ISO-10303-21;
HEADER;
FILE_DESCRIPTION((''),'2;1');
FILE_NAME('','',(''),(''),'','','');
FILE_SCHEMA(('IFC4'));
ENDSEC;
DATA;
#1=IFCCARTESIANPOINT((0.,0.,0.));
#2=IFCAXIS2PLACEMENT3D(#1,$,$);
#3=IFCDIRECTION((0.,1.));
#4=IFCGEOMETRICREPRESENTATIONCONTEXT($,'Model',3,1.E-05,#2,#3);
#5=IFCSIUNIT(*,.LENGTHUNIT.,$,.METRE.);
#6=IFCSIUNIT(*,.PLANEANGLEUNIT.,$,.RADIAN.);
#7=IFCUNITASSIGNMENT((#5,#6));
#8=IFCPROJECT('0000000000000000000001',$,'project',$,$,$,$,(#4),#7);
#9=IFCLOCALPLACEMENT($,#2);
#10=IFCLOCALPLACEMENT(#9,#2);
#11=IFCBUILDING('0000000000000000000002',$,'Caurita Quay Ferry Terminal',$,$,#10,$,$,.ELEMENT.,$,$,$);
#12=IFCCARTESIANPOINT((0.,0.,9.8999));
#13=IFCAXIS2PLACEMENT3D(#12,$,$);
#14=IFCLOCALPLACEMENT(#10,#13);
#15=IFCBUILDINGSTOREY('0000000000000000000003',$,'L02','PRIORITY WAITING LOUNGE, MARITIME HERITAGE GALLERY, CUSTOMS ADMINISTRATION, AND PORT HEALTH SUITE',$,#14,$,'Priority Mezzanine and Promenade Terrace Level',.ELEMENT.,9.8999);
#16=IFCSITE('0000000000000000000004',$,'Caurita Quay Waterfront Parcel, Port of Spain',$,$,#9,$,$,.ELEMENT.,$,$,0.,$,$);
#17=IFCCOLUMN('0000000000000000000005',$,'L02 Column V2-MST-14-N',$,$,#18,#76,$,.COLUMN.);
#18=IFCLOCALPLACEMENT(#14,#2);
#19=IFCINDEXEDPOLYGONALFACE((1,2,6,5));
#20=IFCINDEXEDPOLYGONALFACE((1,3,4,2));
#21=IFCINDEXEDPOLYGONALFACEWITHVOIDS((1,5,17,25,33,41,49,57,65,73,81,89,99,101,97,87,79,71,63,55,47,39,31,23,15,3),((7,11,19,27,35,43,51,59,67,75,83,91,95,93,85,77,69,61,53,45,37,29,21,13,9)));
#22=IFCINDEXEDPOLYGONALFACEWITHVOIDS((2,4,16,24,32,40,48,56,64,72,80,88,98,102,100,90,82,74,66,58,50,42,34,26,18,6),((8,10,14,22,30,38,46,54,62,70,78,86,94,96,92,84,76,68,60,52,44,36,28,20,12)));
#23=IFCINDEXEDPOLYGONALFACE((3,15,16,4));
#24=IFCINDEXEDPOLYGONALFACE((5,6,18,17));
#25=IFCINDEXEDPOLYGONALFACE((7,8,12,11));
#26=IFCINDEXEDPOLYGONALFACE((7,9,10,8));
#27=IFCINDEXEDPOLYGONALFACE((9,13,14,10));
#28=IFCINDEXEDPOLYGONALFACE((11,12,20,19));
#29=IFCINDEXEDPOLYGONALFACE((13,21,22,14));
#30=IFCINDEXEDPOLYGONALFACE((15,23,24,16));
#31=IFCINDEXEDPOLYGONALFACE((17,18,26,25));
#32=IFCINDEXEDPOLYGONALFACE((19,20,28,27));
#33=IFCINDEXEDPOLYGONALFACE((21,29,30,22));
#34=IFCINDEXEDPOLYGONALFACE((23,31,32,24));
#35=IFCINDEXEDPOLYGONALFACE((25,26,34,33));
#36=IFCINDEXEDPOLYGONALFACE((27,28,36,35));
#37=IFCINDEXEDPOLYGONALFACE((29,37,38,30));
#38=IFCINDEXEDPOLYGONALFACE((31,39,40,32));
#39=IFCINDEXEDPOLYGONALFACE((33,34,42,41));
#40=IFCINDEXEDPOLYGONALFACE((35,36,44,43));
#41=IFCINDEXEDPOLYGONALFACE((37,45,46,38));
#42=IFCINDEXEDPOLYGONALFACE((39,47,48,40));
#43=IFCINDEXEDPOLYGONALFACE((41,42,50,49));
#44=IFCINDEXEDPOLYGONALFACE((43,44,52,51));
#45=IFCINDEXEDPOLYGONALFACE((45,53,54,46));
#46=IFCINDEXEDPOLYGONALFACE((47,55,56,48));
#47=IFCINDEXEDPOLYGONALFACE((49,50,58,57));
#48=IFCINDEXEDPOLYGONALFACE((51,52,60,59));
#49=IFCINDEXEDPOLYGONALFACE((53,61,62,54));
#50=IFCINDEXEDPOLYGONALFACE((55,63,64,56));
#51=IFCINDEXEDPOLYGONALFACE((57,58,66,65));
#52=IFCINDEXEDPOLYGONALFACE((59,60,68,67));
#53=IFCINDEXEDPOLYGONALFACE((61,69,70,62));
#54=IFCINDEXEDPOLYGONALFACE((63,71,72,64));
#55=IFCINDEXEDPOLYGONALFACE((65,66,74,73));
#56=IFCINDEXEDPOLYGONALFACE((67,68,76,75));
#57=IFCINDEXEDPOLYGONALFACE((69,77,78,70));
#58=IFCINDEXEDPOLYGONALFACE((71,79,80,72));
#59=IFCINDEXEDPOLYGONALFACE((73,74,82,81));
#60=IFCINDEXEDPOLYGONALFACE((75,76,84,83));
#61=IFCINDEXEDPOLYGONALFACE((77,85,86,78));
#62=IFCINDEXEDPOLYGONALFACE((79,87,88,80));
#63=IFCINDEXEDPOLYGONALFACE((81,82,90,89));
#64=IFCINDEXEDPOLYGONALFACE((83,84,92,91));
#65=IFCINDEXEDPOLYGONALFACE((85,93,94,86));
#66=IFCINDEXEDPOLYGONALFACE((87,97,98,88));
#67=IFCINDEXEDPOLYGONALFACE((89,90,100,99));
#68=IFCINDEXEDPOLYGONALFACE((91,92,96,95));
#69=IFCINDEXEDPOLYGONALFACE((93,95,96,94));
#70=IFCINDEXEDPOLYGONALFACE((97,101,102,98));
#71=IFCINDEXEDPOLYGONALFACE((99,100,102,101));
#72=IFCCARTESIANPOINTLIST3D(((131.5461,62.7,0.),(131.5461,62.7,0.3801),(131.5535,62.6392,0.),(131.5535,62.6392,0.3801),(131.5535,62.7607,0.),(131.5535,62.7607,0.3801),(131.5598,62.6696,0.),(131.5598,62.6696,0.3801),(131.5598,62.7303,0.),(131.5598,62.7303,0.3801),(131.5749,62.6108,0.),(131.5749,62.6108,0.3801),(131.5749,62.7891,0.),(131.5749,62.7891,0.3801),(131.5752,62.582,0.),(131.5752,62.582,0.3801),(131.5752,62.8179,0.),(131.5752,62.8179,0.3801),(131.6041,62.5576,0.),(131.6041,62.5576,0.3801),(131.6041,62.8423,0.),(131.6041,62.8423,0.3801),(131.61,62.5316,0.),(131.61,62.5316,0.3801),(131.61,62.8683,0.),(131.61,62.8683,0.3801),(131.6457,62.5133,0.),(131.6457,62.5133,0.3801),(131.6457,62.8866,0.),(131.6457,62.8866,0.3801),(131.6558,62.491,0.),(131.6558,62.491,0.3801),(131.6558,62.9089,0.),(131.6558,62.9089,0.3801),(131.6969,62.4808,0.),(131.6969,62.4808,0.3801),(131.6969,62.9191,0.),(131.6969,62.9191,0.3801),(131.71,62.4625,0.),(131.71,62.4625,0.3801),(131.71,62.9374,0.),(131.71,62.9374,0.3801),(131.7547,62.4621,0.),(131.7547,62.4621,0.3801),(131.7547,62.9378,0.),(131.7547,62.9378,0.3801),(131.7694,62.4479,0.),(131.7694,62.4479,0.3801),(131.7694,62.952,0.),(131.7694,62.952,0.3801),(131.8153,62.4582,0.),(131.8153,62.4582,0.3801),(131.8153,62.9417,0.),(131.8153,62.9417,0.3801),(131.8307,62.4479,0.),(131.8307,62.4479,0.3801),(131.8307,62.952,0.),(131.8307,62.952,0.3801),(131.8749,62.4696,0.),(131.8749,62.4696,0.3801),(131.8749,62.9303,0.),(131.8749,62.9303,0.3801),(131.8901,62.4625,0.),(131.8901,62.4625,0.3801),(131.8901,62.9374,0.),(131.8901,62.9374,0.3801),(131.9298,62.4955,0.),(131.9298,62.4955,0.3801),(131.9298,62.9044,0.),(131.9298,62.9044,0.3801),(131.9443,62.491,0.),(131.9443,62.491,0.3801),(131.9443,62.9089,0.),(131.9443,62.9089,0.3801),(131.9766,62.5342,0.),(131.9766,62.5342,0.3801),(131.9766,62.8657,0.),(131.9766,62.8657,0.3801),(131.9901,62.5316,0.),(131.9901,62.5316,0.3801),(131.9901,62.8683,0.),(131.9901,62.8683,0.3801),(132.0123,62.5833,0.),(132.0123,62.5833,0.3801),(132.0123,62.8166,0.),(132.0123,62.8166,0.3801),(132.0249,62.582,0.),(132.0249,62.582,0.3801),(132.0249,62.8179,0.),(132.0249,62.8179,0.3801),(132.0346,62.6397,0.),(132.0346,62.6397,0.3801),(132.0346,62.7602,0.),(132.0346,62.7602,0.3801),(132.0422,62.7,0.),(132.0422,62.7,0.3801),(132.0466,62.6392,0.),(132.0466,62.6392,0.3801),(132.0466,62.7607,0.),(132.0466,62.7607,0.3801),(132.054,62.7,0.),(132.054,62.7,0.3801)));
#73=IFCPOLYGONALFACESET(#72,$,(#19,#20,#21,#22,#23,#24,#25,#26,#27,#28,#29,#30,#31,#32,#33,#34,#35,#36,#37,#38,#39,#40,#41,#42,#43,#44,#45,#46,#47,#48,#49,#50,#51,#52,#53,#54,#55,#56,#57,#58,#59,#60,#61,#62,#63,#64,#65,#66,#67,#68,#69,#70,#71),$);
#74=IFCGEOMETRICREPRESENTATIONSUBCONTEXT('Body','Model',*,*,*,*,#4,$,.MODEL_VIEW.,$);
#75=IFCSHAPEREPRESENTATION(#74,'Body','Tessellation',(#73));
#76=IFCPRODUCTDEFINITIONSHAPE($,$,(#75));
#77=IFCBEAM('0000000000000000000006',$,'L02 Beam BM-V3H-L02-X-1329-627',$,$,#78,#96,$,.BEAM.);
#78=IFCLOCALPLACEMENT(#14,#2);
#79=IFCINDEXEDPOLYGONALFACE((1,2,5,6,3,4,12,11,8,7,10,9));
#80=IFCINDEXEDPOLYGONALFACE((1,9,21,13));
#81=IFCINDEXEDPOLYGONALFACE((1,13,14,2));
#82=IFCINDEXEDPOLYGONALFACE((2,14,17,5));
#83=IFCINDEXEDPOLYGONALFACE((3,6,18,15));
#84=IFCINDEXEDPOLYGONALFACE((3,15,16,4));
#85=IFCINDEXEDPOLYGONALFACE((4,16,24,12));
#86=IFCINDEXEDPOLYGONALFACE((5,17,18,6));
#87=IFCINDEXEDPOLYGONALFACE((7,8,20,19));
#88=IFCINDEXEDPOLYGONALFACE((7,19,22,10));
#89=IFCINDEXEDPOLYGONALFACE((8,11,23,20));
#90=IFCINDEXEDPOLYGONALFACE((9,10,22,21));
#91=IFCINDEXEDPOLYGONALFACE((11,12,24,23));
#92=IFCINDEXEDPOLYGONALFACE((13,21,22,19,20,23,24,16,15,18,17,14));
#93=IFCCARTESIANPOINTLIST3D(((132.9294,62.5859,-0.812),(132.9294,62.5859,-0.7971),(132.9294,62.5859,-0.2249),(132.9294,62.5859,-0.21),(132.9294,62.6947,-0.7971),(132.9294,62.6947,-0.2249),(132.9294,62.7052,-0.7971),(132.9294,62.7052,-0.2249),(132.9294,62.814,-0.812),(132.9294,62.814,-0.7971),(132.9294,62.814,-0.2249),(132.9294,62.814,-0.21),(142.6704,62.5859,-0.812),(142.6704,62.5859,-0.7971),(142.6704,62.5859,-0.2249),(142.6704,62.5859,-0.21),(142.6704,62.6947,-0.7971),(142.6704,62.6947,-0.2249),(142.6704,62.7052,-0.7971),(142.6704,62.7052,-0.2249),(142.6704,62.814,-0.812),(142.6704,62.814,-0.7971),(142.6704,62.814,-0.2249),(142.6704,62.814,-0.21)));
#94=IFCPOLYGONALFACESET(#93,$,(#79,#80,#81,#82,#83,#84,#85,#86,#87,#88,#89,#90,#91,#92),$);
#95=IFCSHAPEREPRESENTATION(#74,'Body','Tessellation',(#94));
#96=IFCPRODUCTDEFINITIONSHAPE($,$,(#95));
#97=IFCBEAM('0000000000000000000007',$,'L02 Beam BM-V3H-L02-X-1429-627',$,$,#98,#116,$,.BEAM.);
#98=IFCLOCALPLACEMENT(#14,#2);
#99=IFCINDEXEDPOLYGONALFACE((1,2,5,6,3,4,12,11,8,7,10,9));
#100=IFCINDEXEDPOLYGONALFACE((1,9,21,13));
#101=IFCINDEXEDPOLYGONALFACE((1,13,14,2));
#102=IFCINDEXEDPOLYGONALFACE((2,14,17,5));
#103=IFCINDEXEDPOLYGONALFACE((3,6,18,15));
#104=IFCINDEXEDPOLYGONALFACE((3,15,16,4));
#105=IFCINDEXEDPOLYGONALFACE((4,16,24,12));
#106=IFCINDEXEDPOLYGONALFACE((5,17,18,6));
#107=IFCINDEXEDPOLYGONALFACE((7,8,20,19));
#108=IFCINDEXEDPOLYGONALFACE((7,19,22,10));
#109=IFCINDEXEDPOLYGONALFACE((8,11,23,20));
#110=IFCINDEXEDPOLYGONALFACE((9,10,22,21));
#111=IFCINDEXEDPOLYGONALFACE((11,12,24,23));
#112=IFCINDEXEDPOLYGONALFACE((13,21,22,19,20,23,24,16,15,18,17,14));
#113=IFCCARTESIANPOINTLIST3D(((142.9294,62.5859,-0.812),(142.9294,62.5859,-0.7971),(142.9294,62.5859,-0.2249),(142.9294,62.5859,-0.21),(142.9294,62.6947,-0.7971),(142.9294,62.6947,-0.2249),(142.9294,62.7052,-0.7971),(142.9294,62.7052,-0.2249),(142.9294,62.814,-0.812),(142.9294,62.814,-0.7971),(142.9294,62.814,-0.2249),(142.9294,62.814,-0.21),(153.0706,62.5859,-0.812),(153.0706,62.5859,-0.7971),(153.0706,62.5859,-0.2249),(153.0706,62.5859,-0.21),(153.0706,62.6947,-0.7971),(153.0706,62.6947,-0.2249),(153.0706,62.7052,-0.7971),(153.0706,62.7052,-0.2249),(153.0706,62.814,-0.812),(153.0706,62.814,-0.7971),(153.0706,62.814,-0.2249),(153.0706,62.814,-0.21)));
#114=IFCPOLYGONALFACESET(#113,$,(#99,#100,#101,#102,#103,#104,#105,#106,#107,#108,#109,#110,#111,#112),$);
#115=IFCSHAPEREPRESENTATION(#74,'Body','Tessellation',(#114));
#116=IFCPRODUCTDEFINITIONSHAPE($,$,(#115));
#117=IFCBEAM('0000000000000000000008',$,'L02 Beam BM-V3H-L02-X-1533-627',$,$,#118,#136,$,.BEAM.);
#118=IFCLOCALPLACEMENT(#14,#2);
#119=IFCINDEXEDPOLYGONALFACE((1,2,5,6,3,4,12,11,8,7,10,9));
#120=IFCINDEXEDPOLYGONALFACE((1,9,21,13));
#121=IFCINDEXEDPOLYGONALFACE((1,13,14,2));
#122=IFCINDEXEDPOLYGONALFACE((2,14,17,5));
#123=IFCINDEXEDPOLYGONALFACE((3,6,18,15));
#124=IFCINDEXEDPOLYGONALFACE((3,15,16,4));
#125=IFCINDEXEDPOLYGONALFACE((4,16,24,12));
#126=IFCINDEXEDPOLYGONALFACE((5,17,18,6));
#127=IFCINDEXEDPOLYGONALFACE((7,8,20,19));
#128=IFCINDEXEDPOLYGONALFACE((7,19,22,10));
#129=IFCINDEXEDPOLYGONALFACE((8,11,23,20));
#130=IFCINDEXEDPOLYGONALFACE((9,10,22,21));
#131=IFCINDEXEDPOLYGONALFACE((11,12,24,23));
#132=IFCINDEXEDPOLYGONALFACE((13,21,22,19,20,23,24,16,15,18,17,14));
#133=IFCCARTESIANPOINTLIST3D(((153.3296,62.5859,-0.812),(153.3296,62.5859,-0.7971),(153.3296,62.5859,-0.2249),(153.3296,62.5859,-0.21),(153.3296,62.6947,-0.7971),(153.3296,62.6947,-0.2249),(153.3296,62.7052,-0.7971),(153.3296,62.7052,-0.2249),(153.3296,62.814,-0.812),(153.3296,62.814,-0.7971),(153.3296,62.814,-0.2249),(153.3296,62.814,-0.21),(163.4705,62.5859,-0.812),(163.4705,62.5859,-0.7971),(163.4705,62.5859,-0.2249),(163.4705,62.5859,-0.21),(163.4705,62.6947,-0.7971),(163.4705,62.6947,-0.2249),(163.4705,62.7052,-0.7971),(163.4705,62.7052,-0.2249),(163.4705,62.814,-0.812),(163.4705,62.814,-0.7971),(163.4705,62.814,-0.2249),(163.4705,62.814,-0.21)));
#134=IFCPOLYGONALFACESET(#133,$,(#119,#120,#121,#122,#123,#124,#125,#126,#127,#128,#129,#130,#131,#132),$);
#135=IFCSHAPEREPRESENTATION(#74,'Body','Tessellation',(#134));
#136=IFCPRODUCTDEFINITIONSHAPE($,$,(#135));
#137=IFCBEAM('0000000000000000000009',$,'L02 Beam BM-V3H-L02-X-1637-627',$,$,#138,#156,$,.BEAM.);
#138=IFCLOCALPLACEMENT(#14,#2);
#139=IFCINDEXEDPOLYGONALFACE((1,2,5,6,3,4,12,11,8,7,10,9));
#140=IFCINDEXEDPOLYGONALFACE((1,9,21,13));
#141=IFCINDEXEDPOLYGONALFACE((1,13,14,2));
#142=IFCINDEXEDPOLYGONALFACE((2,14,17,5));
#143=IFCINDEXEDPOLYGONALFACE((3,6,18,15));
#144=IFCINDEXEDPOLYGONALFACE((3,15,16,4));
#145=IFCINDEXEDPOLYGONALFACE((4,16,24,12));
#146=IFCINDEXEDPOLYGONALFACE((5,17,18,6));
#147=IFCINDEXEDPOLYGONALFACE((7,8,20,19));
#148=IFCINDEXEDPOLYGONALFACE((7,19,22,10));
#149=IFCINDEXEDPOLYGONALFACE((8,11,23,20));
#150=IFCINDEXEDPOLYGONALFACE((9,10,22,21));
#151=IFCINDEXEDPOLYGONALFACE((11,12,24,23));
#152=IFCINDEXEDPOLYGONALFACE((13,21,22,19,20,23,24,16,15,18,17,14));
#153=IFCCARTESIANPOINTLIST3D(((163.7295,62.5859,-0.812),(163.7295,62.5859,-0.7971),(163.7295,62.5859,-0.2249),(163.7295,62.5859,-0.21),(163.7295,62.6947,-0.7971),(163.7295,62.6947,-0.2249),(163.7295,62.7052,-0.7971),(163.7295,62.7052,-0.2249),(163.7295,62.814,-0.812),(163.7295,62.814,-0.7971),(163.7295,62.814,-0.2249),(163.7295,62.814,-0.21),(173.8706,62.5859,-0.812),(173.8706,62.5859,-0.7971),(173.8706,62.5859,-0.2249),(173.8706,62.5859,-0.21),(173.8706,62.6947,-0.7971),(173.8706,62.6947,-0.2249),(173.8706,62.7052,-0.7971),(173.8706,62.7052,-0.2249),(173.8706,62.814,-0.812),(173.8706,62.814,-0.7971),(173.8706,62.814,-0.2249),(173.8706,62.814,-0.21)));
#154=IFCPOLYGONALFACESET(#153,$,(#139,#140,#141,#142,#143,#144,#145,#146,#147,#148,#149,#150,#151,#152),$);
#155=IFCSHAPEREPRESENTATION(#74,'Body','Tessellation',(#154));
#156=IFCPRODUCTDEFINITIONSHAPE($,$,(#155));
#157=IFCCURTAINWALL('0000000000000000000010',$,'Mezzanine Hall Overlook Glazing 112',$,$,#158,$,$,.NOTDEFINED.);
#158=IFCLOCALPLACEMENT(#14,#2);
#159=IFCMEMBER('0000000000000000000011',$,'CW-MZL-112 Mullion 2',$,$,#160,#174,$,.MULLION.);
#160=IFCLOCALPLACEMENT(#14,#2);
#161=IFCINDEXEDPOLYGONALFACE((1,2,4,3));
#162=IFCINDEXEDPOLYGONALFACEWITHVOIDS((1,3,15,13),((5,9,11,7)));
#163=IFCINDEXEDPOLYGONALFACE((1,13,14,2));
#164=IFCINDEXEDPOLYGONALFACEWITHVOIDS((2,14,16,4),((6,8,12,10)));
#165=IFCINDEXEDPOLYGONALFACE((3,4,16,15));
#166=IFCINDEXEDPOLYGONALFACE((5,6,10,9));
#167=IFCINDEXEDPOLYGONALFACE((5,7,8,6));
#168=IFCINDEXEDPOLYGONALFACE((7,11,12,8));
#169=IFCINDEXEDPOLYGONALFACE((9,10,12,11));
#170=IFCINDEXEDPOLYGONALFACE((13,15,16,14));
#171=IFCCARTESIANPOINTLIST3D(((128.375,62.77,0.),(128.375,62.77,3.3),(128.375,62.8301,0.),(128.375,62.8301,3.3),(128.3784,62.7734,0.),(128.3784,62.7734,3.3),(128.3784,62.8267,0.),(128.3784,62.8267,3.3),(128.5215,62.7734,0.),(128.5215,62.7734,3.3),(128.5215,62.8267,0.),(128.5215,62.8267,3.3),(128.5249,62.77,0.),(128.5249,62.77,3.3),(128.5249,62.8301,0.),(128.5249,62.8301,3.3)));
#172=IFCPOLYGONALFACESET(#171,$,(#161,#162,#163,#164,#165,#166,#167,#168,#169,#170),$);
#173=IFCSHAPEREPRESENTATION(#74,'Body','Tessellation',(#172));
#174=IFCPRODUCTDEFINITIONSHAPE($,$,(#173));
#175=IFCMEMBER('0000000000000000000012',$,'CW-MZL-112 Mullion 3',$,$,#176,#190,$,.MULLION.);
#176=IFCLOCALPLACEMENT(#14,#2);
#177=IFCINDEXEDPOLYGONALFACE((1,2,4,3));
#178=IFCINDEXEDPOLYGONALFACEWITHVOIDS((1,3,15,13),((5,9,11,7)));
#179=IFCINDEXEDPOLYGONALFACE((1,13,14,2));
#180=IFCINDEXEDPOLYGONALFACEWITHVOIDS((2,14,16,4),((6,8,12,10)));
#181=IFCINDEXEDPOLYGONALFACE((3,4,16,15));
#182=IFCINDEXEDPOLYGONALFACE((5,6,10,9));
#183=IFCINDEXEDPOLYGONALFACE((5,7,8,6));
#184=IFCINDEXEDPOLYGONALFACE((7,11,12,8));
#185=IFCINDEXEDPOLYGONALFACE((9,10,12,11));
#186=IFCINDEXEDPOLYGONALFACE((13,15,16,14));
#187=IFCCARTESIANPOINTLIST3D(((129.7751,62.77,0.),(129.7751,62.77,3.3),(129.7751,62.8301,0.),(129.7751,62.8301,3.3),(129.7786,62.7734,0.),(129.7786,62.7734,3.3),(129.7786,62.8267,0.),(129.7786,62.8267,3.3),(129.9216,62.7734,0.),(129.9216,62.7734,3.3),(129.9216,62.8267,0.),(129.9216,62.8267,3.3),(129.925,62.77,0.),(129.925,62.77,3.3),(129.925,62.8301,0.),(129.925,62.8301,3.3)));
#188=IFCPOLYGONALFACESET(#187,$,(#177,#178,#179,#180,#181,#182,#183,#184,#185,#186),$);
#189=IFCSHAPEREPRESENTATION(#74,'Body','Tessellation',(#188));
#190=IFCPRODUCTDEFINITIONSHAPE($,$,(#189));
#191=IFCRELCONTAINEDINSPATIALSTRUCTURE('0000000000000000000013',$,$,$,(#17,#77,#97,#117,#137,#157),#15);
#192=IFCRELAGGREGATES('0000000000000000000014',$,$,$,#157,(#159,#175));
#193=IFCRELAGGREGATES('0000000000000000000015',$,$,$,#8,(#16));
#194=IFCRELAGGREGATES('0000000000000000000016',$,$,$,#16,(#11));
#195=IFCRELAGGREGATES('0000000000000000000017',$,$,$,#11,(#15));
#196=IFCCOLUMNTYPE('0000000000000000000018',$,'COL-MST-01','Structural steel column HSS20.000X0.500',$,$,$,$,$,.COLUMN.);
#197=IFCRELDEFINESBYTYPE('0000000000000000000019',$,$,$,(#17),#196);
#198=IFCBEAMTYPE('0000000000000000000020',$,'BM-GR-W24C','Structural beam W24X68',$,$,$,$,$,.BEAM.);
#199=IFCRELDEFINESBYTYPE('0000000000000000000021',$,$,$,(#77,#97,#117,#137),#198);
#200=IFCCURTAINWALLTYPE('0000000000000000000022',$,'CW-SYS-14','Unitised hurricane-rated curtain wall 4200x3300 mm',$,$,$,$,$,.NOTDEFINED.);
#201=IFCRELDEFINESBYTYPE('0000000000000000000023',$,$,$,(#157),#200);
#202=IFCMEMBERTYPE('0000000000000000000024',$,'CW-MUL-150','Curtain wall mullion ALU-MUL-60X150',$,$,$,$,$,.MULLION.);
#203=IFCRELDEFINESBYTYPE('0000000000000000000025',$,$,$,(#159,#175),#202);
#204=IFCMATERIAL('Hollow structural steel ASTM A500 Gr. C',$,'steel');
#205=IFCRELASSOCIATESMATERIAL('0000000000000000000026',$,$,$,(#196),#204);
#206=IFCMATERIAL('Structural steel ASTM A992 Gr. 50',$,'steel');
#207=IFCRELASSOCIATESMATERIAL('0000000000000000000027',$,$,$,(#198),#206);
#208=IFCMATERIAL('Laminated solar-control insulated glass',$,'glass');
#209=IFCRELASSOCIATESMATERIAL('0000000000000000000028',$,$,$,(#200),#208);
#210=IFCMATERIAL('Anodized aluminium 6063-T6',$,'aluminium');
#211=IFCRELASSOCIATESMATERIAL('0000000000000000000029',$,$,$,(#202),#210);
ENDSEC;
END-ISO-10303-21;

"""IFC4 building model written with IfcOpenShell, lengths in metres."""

from ifc_helpers import new_model, si_unit, direction, frame, origin, origin_2d, place, context, subcontext, project, spatial, hollow_rectangle, hollow_circle, i_section, extrude, material, material_profile, profile_set, type_object, element, aggregate, save


model = new_model("IFC4")

# Units and contexts
model_context = context("Model", 3, precision=1e-05, world=origin(), true_north=direction((0.0, 1.0)))
body_context = subcontext(model_context, "Body", "Model", "MODEL_VIEW")
ifc_project = project(units=[si_unit("LENGTHUNIT", "METRE"), si_unit("PLANEANGLEUNIT", "RADIAN")], contexts=[model_context])

# Site, building, storey
site_placement = place(None, origin())
site = spatial("IfcSite", under=ifc_project, at=site_placement, Name="Caurita Quay Waterfront Parcel, Port of Spain", CompositionType="ELEMENT", RefElevation=0.0)
building_placement = place(site_placement, origin())
building = spatial("IfcBuilding", under=site, at=building_placement, Name="Caurita Quay Ferry Terminal", CompositionType="ELEMENT")
storey_placement = place(building_placement, frame((0.0, 0.0, 9.8999)))
storey = spatial("IfcBuildingStorey", under=building, at=storey_placement, Name="L02", Description="PRIORITY WAITING LOUNGE, MARITIME HERITAGE GALLERY, CUSTOMS ADMINISTRATION, AND PORT HEALTH SUITE", LongName="Priority Mezzanine and Promenade Terrace Level", CompositionType="ELEMENT", Elevation=9.8999)

# Column
ifc_material_1 = material(Name="Hollow structural steel ASTM A500 Gr. C", Category="steel")
ifc_material_profile_1 = material_profile(ifc_material_1, hollow_circle(Radius=0.2539, WallThickness=0.0117, at=origin_2d()), Name="HSS20.000X0.500")
ifc_profile_set_1 = profile_set([ifc_material_profile_1], Name="Hollow structural steel ASTM A500 Gr. C")
column_type = type_object("IfcColumnType", Name="COL-MST-01", Description="Structural steel column HSS20.000X0.500", PredefinedType="COLUMN", material=ifc_profile_set_1)
column_placement = place(storey_placement, frame((131.8, 62.7, 0.0), z_axis=(0.0, 0.0, 1.0), x_axis=(1.0, 0.0, 0.0)))
element("IfcColumn", 1, at=column_placement, inside=storey, type_object=column_type, Name="L02 Column V2-MST-14-N", PredefinedType="COLUMN", context=body_context, shape_type="SweptSolid", body=[
    extrude(hollow_circle(Radius=0.2539, WallThickness=0.0117, at=origin_2d()), origin(), (0.0, 0.0, 1.0), 0.3801),
])

# Beams
ifc_material_2 = material(Name="Structural steel ASTM A992 Gr. 50", Category="steel")
ifc_material_profile_2 = material_profile(ifc_material_2, i_section(OverallWidth=0.228, OverallDepth=0.6021, WebThickness=0.0105, FlangeThickness=0.0149, at=origin_2d()), Name="W24X68")
ifc_profile_set_2 = profile_set([ifc_material_profile_2], Name="Structural steel ASTM A992 Gr. 50")
beam_type = type_object("IfcBeamType", Name="BM-GR-W24C", Description="Structural beam W24X68", PredefinedType="BEAM", material=ifc_profile_set_2)
beam_1_placement = place(storey_placement, frame((132.9294, 62.7, -0.511), z_axis=(1.0, 0.0, 0.0), x_axis=(0.0, 1.0, 0.0)))
element("IfcBeam", 2, at=beam_1_placement, inside=storey, type_object=beam_type, Name="L02 Beam BM-V3H-L02-X-1329-627", PredefinedType="BEAM", context=body_context, shape_type="SweptSolid", body=[
    extrude(i_section(OverallWidth=0.228, OverallDepth=0.6021, WebThickness=0.0105, FlangeThickness=0.0149, at=origin_2d()), origin(), (0.0, 0.0, 1.0), 9.741),
])
beam_2_placement = place(storey_placement, frame((142.9294, 62.7, -0.511), z_axis=(1.0, 0.0, 0.0), x_axis=(0.0, 1.0, 0.0)))
element("IfcBeam", 3, at=beam_2_placement, inside=storey, type_object=beam_type, Name="L02 Beam BM-V3H-L02-X-1429-627", PredefinedType="BEAM", context=body_context, shape_type="SweptSolid", body=[
    extrude(i_section(OverallWidth=0.228, OverallDepth=0.6021, WebThickness=0.0105, FlangeThickness=0.0149, at=origin_2d()), origin(), (0.0, 0.0, 1.0), 10.1411),
])
beam_3_placement = place(storey_placement, frame((153.3296, 62.7, -0.511), z_axis=(1.0, 0.0, 0.0), x_axis=(0.0, 1.0, 0.0)))
element("IfcBeam", 4, at=beam_3_placement, inside=storey, type_object=beam_type, Name="L02 Beam BM-V3H-L02-X-1533-627", PredefinedType="BEAM", context=body_context, shape_type="SweptSolid", body=[
    extrude(i_section(OverallWidth=0.228, OverallDepth=0.6021, WebThickness=0.0105, FlangeThickness=0.0149, at=origin_2d()), origin(), (0.0, 0.0, 1.0), 10.1409),
])
beam_4_placement = place(storey_placement, frame((163.7295, 62.7, -0.511), z_axis=(1.0, 0.0, 0.0), x_axis=(0.0, 1.0, 0.0)))
element("IfcBeam", 5, at=beam_4_placement, inside=storey, type_object=beam_type, Name="L02 Beam BM-V3H-L02-X-1637-627", PredefinedType="BEAM", context=body_context, shape_type="SweptSolid", body=[
    extrude(i_section(OverallWidth=0.228, OverallDepth=0.6021, WebThickness=0.0105, FlangeThickness=0.0149, at=origin_2d()), origin(), (0.0, 0.0, 1.0), 10.1411),
])

# Curtain wall, members
ifc_material_3 = material(Name="Laminated solar-control insulated glass", Category="glass")
curtain_wall_type_1 = type_object("IfcCurtainWallType", Name="CW-SYS-14", Description="Unitised hurricane-rated curtain wall 4200x3300 mm", PredefinedType="NOTDEFINED", material=ifc_material_3)
curtain_wall_1_placement = place(storey_placement, origin())
curtain_wall_1 = element("IfcCurtainWall", 6, at=curtain_wall_1_placement, inside=storey, type_object=curtain_wall_type_1, Name="Mezzanine Hall Overlook Glazing 112", PredefinedType="NOTDEFINED")
ifc_material_4 = material(Name="Anodized aluminium 6063-T6", Category="aluminium")
ifc_material_profile_3 = material_profile(ifc_material_4, hollow_rectangle(XDim=0.0601, YDim=0.1499, WallThickness=0.0034, at=origin_2d()), Name="ALU-MUL-60X150")
ifc_profile_set_3 = profile_set([ifc_material_profile_3], Name="Anodized aluminium 6063-T6")
member_type_1 = type_object("IfcMemberType", Name="CW-MUL-150", Description="Curtain wall mullion ALU-MUL-60X150", PredefinedType="MULLION", material=ifc_profile_set_3)
member_1_placement = place(storey_placement, frame((128.45, 62.8, 0.0), z_axis=(0.0, 0.0, 1.0), x_axis=(0.0, 1.0, 0.0)))
member_1 = element("IfcMember", 7, at=member_1_placement, type_object=member_type_1, Name="CW-MZL-112 Mullion 2", PredefinedType="MULLION", context=body_context, shape_type="SweptSolid", body=[
    extrude(hollow_rectangle(XDim=0.0601, YDim=0.1499, WallThickness=0.0034, at=origin_2d()), origin(), (0.0, 0.0, 1.0), 3.3),
])
member_2_placement = place(storey_placement, frame((129.8501, 62.8, 0.0), z_axis=(0.0, 0.0, 1.0), x_axis=(0.0, 1.0, 0.0)))
member_2 = element("IfcMember", 8, at=member_2_placement, type_object=member_type_1, Name="CW-MZL-112 Mullion 3", PredefinedType="MULLION", context=body_context, shape_type="SweptSolid", body=[
    extrude(hollow_rectangle(XDim=0.0601, YDim=0.1499, WallThickness=0.0034, at=origin_2d()), origin(), (0.0, 0.0, 1.0), 3.3),
])

aggregate(curtain_wall_1, [member_1, member_2])

save(model, "model.ifc")
